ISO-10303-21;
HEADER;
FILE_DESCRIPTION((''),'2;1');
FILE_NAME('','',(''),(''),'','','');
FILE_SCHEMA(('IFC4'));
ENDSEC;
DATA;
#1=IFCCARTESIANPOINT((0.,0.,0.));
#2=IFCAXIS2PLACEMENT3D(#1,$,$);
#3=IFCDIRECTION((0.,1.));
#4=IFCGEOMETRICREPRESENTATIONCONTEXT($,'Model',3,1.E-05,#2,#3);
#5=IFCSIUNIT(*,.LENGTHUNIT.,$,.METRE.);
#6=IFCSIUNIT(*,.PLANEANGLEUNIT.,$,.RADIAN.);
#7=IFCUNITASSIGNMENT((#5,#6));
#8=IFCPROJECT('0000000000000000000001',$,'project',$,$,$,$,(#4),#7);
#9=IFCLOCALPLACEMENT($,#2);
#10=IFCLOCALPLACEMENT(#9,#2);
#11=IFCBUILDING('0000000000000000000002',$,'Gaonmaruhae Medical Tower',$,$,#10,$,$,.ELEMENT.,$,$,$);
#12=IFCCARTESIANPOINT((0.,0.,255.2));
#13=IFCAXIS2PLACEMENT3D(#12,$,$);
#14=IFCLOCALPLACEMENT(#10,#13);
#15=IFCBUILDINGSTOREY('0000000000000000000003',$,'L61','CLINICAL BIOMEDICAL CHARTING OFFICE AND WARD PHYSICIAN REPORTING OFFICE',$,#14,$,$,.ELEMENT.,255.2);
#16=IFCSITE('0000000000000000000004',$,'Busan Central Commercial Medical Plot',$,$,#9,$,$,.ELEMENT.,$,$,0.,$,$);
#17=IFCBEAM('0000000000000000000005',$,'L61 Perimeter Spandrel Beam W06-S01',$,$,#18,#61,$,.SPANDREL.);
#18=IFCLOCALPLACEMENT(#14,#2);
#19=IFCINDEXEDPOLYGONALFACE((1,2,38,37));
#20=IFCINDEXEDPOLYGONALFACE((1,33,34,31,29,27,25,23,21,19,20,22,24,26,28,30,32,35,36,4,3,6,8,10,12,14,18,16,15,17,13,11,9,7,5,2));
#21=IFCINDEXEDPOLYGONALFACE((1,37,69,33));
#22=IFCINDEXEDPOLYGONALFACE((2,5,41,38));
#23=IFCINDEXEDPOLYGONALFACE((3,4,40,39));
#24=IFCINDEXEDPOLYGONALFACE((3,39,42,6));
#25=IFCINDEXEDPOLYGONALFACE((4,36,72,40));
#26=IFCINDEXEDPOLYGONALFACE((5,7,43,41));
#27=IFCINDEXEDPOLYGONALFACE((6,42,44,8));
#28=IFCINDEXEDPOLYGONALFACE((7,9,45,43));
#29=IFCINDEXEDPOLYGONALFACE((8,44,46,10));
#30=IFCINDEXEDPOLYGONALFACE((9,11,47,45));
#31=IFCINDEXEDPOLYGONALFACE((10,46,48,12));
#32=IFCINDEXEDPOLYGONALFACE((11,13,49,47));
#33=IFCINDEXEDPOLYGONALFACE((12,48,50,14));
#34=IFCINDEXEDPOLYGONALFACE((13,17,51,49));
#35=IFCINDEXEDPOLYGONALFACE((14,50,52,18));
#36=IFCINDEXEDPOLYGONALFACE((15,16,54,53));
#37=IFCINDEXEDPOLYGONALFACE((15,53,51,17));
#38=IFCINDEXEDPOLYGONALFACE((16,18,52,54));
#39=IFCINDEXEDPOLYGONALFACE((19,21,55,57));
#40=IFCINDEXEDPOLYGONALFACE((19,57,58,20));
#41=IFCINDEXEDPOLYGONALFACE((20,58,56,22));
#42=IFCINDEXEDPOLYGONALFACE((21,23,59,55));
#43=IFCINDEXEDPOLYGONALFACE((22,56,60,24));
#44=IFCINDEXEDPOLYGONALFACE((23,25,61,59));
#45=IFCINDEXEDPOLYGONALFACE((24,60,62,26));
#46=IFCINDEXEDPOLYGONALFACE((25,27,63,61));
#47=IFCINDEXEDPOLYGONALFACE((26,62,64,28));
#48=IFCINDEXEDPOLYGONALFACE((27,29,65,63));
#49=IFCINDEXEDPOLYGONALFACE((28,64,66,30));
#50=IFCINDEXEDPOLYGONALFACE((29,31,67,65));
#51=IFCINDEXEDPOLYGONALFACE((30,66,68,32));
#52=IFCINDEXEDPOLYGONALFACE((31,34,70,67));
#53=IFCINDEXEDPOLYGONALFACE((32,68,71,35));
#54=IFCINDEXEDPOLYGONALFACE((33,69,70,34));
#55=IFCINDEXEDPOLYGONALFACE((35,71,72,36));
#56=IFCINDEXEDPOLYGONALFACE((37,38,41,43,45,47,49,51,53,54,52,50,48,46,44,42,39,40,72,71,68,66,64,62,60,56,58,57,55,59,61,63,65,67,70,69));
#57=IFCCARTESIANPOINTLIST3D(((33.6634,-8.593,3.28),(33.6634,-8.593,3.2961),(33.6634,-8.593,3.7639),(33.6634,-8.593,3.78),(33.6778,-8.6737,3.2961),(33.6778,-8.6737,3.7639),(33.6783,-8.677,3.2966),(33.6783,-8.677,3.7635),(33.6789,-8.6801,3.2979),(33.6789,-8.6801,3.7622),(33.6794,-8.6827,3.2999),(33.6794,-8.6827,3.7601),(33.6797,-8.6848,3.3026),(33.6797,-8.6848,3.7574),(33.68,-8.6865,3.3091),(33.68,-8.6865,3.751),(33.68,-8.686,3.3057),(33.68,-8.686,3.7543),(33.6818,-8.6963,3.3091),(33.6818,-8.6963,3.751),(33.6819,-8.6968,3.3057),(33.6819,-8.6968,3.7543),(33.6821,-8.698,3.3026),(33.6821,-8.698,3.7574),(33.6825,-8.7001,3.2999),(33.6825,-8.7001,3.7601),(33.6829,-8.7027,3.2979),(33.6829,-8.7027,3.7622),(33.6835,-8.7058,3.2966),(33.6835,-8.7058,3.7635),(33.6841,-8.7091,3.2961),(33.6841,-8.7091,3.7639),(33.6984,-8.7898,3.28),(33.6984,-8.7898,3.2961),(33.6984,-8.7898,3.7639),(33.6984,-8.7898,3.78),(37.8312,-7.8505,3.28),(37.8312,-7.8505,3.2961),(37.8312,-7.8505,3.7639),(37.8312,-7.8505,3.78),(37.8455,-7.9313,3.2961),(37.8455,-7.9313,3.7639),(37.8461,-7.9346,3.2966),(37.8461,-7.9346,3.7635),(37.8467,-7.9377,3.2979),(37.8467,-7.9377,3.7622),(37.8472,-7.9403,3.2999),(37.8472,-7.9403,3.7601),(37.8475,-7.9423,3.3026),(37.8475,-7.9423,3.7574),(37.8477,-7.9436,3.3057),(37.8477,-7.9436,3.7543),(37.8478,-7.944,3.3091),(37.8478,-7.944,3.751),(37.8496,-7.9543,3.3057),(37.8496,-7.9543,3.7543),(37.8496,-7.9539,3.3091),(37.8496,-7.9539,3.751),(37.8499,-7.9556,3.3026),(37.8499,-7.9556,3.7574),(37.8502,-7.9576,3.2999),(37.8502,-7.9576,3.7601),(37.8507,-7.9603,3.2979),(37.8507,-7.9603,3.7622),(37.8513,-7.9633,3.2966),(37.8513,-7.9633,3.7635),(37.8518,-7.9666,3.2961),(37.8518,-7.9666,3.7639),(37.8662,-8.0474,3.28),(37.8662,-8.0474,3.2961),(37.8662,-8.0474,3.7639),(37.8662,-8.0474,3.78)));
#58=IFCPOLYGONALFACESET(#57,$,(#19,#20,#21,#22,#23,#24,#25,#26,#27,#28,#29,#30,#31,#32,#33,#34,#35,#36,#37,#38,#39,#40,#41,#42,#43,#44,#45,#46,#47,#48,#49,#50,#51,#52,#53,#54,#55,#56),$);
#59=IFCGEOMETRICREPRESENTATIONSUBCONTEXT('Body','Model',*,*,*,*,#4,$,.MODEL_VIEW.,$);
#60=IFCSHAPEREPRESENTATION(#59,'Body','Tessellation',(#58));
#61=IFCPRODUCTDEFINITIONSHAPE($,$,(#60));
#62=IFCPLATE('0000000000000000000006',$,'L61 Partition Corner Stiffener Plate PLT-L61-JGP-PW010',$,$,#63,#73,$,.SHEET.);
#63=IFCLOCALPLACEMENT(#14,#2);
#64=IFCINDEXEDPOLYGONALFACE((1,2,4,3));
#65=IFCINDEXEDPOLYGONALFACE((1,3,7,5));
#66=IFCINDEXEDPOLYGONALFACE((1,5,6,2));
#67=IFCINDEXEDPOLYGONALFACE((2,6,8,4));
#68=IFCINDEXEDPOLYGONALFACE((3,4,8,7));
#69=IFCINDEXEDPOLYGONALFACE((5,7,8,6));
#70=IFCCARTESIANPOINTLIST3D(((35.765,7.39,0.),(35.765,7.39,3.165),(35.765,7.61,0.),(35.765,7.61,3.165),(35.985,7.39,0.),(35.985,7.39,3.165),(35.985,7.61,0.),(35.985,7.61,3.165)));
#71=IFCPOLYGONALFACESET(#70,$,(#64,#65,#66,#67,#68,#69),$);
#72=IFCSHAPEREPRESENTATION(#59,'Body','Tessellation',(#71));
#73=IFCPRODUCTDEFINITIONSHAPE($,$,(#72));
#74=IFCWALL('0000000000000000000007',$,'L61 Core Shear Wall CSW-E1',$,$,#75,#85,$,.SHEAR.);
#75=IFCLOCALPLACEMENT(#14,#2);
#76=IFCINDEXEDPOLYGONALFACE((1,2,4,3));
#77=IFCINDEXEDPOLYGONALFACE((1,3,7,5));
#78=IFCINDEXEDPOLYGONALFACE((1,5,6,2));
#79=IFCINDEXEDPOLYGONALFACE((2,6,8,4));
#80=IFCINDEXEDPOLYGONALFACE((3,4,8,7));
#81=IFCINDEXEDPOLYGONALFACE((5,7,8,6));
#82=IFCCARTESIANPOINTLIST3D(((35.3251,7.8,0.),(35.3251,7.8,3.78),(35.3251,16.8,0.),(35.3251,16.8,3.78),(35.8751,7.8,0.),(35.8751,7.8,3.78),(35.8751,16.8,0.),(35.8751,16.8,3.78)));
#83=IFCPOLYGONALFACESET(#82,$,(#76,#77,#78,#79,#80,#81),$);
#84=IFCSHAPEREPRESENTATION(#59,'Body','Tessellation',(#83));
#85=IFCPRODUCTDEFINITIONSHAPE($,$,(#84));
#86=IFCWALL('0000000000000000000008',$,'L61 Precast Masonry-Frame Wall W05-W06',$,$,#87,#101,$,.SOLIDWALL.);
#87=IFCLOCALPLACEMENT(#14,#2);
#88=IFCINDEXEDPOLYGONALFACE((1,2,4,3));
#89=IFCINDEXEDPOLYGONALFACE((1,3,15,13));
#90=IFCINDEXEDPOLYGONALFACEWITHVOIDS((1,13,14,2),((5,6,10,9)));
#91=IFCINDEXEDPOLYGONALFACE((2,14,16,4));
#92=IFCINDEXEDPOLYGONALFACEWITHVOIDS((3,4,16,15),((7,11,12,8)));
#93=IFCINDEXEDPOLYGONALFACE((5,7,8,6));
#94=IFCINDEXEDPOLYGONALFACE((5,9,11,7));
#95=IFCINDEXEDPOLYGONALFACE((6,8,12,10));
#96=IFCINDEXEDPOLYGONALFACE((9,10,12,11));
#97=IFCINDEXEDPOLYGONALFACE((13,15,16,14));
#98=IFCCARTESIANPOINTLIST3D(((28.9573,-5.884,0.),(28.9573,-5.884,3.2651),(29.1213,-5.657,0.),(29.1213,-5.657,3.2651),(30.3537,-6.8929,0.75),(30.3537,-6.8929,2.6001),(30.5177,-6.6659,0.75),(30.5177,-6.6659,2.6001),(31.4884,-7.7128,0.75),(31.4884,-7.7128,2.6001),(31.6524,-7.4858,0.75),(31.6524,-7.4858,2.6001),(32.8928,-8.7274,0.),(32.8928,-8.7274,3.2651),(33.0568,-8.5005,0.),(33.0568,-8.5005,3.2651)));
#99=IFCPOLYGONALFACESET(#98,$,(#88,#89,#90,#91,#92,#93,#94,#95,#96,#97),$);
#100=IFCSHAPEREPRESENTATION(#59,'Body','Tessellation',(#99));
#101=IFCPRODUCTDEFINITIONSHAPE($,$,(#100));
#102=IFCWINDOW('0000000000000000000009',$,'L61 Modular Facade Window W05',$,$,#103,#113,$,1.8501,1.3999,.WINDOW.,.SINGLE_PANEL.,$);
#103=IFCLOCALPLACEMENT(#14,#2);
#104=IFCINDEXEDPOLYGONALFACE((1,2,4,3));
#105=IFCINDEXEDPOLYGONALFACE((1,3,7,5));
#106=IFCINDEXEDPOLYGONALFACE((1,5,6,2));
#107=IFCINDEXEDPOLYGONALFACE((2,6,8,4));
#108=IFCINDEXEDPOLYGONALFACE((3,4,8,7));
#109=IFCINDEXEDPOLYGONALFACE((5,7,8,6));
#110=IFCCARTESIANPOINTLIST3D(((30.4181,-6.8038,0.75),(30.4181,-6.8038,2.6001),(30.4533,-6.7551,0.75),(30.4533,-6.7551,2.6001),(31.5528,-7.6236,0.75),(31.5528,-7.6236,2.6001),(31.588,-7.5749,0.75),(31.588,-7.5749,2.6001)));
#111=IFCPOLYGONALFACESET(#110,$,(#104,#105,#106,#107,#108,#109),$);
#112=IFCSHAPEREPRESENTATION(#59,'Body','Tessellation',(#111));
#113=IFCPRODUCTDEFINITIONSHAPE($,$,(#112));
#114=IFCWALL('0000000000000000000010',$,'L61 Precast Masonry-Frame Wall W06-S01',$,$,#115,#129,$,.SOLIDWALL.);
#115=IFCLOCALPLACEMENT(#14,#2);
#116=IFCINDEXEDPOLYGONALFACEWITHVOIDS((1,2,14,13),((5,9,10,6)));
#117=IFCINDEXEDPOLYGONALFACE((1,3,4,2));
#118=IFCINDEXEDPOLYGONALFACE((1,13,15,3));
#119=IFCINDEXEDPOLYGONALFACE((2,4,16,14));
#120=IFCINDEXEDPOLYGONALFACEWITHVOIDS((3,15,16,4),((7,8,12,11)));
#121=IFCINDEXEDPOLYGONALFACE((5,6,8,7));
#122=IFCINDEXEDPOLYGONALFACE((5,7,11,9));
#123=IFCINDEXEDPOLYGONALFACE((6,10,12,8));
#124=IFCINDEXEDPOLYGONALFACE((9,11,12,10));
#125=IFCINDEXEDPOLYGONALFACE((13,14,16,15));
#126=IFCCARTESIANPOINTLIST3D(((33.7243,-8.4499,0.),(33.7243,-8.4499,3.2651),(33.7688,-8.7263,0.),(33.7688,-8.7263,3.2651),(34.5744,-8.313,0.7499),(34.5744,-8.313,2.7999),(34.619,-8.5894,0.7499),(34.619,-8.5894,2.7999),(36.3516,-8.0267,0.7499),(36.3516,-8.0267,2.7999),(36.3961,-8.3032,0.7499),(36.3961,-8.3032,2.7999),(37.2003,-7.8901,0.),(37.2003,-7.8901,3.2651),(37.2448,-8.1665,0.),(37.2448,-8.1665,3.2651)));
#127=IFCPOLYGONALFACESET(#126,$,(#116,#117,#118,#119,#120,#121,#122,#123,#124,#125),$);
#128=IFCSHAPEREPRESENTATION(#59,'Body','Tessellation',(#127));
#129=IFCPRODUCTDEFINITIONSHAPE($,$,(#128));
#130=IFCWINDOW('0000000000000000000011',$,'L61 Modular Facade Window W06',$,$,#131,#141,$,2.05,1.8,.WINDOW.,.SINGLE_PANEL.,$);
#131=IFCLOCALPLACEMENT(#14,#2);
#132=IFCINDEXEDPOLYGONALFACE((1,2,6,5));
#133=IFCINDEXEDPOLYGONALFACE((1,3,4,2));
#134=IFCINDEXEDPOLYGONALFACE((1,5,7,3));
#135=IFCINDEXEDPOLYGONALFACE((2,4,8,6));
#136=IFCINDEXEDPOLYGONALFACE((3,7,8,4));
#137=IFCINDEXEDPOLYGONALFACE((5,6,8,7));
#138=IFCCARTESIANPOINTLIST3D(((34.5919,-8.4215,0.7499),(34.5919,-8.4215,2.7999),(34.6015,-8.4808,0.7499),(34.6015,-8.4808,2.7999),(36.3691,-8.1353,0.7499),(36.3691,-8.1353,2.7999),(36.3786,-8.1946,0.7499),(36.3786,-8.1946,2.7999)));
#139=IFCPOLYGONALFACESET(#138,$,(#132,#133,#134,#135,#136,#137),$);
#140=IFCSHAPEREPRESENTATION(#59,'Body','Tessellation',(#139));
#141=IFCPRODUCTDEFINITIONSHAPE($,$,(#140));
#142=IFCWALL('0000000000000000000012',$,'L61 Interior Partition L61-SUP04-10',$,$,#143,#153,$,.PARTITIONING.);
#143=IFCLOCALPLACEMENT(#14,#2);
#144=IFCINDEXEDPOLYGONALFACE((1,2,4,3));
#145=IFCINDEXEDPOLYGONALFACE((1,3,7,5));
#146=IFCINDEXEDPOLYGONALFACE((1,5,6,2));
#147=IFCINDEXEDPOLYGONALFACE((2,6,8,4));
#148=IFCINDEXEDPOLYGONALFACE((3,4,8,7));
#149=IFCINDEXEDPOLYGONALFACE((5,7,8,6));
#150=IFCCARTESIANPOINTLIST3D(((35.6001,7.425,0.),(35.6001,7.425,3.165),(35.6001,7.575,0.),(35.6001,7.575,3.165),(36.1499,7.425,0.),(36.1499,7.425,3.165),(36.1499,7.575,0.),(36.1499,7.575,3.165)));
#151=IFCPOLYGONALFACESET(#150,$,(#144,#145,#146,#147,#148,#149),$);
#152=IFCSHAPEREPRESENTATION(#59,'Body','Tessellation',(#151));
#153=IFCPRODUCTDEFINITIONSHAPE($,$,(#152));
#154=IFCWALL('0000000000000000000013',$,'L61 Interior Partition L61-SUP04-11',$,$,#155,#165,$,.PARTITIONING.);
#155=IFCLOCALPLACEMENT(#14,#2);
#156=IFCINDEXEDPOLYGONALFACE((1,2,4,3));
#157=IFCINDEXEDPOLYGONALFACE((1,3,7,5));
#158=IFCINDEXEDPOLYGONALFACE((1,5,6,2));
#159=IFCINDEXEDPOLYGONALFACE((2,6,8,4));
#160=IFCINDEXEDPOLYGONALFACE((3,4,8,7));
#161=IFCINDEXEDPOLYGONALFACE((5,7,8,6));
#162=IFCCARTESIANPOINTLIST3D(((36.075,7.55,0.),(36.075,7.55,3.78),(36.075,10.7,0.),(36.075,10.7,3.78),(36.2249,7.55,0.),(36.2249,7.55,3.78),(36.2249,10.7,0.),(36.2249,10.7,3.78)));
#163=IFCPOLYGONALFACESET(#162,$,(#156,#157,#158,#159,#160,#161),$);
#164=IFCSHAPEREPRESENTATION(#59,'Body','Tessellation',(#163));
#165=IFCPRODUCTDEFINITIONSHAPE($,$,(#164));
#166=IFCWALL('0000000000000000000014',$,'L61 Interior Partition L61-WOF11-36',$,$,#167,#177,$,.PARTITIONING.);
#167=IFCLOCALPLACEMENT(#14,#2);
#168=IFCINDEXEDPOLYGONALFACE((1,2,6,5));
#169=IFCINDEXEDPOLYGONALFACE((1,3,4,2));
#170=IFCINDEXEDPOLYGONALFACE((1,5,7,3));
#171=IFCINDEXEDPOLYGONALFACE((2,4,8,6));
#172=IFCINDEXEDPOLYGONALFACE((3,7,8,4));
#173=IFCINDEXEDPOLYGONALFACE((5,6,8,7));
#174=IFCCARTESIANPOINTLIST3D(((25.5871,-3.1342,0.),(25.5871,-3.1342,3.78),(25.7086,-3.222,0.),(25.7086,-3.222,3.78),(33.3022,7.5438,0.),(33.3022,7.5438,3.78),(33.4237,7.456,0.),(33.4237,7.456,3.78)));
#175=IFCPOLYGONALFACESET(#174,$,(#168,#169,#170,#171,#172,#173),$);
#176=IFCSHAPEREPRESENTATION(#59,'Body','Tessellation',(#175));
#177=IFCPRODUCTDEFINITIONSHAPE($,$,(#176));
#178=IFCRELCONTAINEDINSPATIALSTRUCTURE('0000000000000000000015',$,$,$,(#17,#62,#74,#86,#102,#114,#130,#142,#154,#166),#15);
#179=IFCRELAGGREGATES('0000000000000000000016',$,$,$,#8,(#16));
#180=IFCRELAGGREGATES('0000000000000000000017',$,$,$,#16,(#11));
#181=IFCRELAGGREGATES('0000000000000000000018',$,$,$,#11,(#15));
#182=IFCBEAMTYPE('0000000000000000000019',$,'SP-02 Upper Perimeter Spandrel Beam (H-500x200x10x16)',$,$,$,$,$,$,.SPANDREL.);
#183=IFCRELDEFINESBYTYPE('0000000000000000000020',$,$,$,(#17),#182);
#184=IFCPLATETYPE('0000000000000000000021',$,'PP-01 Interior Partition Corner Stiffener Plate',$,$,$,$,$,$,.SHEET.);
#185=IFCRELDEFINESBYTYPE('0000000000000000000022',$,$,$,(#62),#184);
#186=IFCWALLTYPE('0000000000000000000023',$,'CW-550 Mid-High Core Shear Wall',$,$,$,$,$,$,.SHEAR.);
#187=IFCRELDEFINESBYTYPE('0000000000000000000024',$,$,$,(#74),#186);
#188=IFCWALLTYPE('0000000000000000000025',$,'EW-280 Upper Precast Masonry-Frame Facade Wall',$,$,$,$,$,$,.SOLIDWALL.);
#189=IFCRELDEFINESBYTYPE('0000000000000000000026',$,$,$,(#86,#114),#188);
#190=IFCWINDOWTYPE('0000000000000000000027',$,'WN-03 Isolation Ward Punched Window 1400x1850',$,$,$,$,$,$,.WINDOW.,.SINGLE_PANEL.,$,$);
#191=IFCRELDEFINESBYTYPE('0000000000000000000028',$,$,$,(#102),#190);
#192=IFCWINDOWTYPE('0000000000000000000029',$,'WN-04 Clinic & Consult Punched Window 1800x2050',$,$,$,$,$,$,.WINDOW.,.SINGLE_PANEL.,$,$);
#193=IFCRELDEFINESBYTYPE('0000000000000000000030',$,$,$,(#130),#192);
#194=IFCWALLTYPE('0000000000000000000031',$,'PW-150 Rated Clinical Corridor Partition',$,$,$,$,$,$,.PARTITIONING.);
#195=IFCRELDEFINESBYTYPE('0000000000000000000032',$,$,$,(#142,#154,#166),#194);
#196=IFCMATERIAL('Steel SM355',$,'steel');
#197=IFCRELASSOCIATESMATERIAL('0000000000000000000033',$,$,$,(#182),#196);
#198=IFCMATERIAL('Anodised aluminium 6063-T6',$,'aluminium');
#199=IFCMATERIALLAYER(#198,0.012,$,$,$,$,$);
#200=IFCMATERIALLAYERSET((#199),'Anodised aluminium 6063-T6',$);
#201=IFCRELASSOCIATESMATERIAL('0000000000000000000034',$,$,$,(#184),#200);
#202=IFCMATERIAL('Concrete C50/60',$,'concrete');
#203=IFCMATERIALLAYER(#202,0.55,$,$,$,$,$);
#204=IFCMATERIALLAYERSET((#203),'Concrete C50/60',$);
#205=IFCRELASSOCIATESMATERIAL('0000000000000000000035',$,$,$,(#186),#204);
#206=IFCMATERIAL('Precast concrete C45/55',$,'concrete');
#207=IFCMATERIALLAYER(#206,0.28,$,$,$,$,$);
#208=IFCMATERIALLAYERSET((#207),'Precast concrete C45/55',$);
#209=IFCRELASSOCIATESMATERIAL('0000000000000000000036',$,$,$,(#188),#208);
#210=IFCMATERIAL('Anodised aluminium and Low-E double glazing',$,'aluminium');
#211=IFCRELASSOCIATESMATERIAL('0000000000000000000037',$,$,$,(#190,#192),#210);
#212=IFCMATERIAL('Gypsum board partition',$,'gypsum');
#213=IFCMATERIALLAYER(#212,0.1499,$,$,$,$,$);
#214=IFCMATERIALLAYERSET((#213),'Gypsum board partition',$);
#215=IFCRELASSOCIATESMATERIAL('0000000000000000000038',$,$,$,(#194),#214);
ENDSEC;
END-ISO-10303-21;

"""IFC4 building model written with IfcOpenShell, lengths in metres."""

from ifc_helpers import new_model, si_unit, direction, frame, frame_2d, origin, origin_2d, place, context, subcontext, project, spatial, rectangle, i_section, extrude, material, layer, layer_set, material_profile, profile_set, type_object, element, fill, save


model = new_model("IFC4")

# Units and contexts
model_context = context("Model", 3, precision=1e-05, world=origin(), true_north=direction((0.0, 1.0)))
body_context = subcontext(model_context, "Body", "Model", "MODEL_VIEW")
ifc_project = project(units=[si_unit("LENGTHUNIT", "METRE"), si_unit("PLANEANGLEUNIT", "RADIAN")], contexts=[model_context])

# Site, building, storey
site_placement = place(None, origin())
site = spatial("IfcSite", under=ifc_project, at=site_placement, Name="Busan Central Commercial Medical Plot", CompositionType="ELEMENT", RefElevation=0.0)
building_placement = place(site_placement, origin())
building = spatial("IfcBuilding", under=site, at=building_placement, Name="Gaonmaruhae Medical Tower", CompositionType="ELEMENT")
storey_placement = place(building_placement, frame((0.0, 0.0, 255.2)))
storey = spatial("IfcBuildingStorey", under=building, at=storey_placement, Name="L61", Description="CLINICAL BIOMEDICAL CHARTING OFFICE AND WARD PHYSICIAN REPORTING OFFICE", CompositionType="ELEMENT", Elevation=255.2)

# Shared definitions
ifc_material_1 = material(Name="Concrete C50/60", Category="concrete")

# Beam
ifc_material_2 = material(Name="Steel SM355", Category="steel")
ifc_material_profile_1 = material_profile(ifc_material_2, i_section(OverallWidth=0.2, OverallDepth=0.5, WebThickness=0.01, FlangeThickness=0.0161, FilletRadius=0.0129, at=origin_2d()), Name="H-500x200x10x16")
ifc_profile_set_1 = profile_set([ifc_material_profile_1], Name="Steel SM355")
beam_type_1 = type_object("IfcBeamType", Name="SP-02 Upper Perimeter Spandrel Beam (H-500x200x10x16)", PredefinedType="SPANDREL", material=ifc_profile_set_1)
beam_1_placement = place(storey_placement, frame((33.6809, -8.6914, 3.53), z_axis=(0.984501, 0.175377, 0.0), x_axis=(-0.175377, 0.984501, 0.0)))
element("IfcBeam", 1, at=beam_1_placement, inside=storey, type_object=beam_type_1, Name="L61 Perimeter Spandrel Beam W06-S01", PredefinedType="SPANDREL", context=body_context, shape_type="SweptSolid", body=[
    extrude(i_section(OverallWidth=0.2, OverallDepth=0.5, WebThickness=0.01, FlangeThickness=0.0161, FilletRadius=0.0129, at=origin_2d()), origin(), (0.0, 0.0, 1.0), 4.2334),
])

# Plate
ifc_material_3 = material(Name="Anodised aluminium 6063-T6", Category="aluminium")
ifc_layer_1 = layer(ifc_material_3, 0.012)
ifc_layer_set_1 = layer_set([ifc_layer_1], Name="Anodised aluminium 6063-T6")
plate_type = type_object("IfcPlateType", Name="PP-01 Interior Partition Corner Stiffener Plate", PredefinedType="SHEET", material=ifc_layer_set_1)
plate_placement = place(storey_placement, frame((35.875, 7.5, 0.0), z_axis=(0.0, 0.0, 1.0), x_axis=(1.0, 0.0, 0.0)))
element("IfcPlate", 2, at=plate_placement, inside=storey, type_object=plate_type, Name="L61 Partition Corner Stiffener Plate PLT-L61-JGP-PW010", PredefinedType="SHEET", context=body_context, shape_type="SweptSolid", body=[
    extrude(rectangle(XDim=0.22, YDim=0.22, at=origin_2d()), origin(), (0.0, 0.0, 1.0), 3.165),
])

# Wall
ifc_layer_2 = layer(ifc_material_1, 0.55)
ifc_layer_set_2 = layer_set([ifc_layer_2], Name="Concrete C50/60")
wall_type_1 = type_object("IfcWallType", Name="CW-550 Mid-High Core Shear Wall", PredefinedType="SHEAR", material=ifc_layer_set_2)
wall_1_placement = place(storey_placement, frame((35.6001, 7.8, 0.0), z_axis=(0.0, 0.0, 1.0), x_axis=(0.0, 1.0, 0.0)))
element("IfcWall", 3, at=wall_1_placement, inside=storey, type_object=wall_type_1, Name="L61 Core Shear Wall CSW-E1", PredefinedType="SHEAR", context=body_context, shape_type="SweptSolid", body=[
    extrude(rectangle(XDim=9.0, YDim=0.55, at=frame_2d((4.5, 0.0))), origin(), (0.0, 0.0, 1.0), 3.78),
])

# Walls, openings, windows
ifc_material_4 = material(Name="Precast concrete C45/55", Category="concrete")
ifc_layer_3 = layer(ifc_material_4, 0.28)
ifc_layer_set_3 = layer_set([ifc_layer_3], Name="Precast concrete C45/55")
wall_type_2 = type_object("IfcWallType", Name="EW-280 Upper Precast Masonry-Frame Facade Wall", PredefinedType="SOLIDWALL", material=ifc_layer_set_3)
wall_2_placement = place(storey_placement, frame((32.9749, -8.614, 0.0), z_axis=(0.0, 0.0, 1.0), x_axis=(-0.810565, 0.585648, 0.0)))
wall_2 = element("IfcWall", 4, at=wall_2_placement, inside=storey, type_object=wall_type_2, Name="L61 Precast Masonry-Frame Wall W05-W06", PredefinedType="SOLIDWALL", context=body_context, shape_type="SweptSolid", body=[
    extrude(rectangle(XDim=4.8552, YDim=0.28, at=frame_2d((2.4277, 0.0))), origin(), (0.0, 0.0, 1.0), 3.2651),
])
opening_1_placement = place(wall_2_placement, frame((1.7327, 0.0, 0.75)))
opening_1 = element("IfcOpeningElement", 5, at=opening_1_placement, cuts=wall_2, PredefinedType="OPENING", context=body_context, shape_type="SweptSolid", body=[
    extrude(rectangle(XDim=1.3999, YDim=1.8501, at=frame_2d((0.7, 0.925))), frame((0.0, 0.1499, 0.0), z_axis=(0.0, -1.0, 0.0), x_axis=(1.0, 0.0, 0.0)), (0.0, 0.0, 1.0), 0.3),
])
ifc_material_5 = material(Name="Anodised aluminium and Low-E double glazing", Category="aluminium")
window_type_1 = type_object("IfcWindowType", Name="WN-03 Isolation Ward Punched Window 1400x1850", PartitioningType="SINGLE_PANEL", PredefinedType="WINDOW", material=ifc_material_5)
window_1_placement = place(opening_1_placement, origin())
window_1 = element("IfcWindow", 6, at=window_1_placement, inside=storey, type_object=window_type_1, Name="L61 Modular Facade Window W05", OverallHeight=1.8501, OverallWidth=1.3999, PartitioningType="SINGLE_PANEL", PredefinedType="WINDOW", context=body_context, shape_type="SweptSolid", body=[
    extrude(rectangle(XDim=1.3999, YDim=1.8501, at=frame_2d((0.7, 0.925))), frame((0.0, 0.03, 0.0), z_axis=(0.0, -1.0, 0.0), x_axis=(1.0, 0.0, 0.0)), (0.0, 0.0, 1.0), 0.0601),
])
fill(opening_1, window_1)
wall_3_placement = place(storey_placement, frame((37.2224, -8.0283, 0.0), z_axis=(0.0, 0.0, 1.0), x_axis=(-0.987279, -0.158999, 0.0)))
wall_3 = element("IfcWall", 7, at=wall_3_placement, inside=storey, type_object=wall_type_2, Name="L61 Precast Masonry-Frame Wall W06-S01", PredefinedType="SOLIDWALL", context=body_context, shape_type="SweptSolid", body=[
    extrude(rectangle(XDim=3.5208, YDim=0.28, at=frame_2d((1.7603, 0.0))), origin(), (0.0, 0.0, 1.0), 3.2651),
])
opening_2_placement = place(wall_3_placement, frame((0.8596, 0.0, 0.75)))
opening_2 = element("IfcOpeningElement", 8, at=opening_2_placement, cuts=wall_3, PredefinedType="OPENING", context=body_context, shape_type="SweptSolid", body=[
    extrude(rectangle(XDim=1.8, YDim=2.05, at=frame_2d((0.8999, 1.0249))), frame((0.0, 0.1499, 0.0), z_axis=(0.0, -1.0, 0.0), x_axis=(1.0, 0.0, 0.0)), (0.0, 0.0, 1.0), 0.3),
])
window_type_2 = type_object("IfcWindowType", Name="WN-04 Clinic & Consult Punched Window 1800x2050", PartitioningType="SINGLE_PANEL", PredefinedType="WINDOW", material=ifc_material_5)
window_2_placement = place(opening_2_placement, origin())
window_2 = element("IfcWindow", 9, at=window_2_placement, inside=storey, type_object=window_type_2, Name="L61 Modular Facade Window W06", OverallHeight=2.05, OverallWidth=1.8, PartitioningType="SINGLE_PANEL", PredefinedType="WINDOW", context=body_context, shape_type="SweptSolid", body=[
    extrude(rectangle(XDim=1.8, YDim=2.05, at=frame_2d((0.8999, 1.0249))), frame((0.0, 0.03, 0.0), z_axis=(0.0, -1.0, 0.0), x_axis=(1.0, 0.0, 0.0)), (0.0, 0.0, 1.0), 0.0601),
])
fill(opening_2, window_2)

# Walls
ifc_material_6 = material(Name="Gypsum board partition", Category="gypsum")
ifc_layer_4 = layer(ifc_material_6, 0.1499)
ifc_layer_set_4 = layer_set([ifc_layer_4], Name="Gypsum board partition")
wall_type_3 = type_object("IfcWallType", Name="PW-150 Rated Clinical Corridor Partition", PredefinedType="PARTITIONING", material=ifc_layer_set_4)
wall_4_placement = place(storey_placement, frame((35.6001, 7.5, 0.0), z_axis=(0.0, 0.0, 1.0), x_axis=(1.0, 0.0, 0.0)))
element("IfcWall", 10, at=wall_4_placement, inside=storey, type_object=wall_type_3, Name="L61 Interior Partition L61-SUP04-10", PredefinedType="PARTITIONING", context=body_context, shape_type="SweptSolid", body=[
    extrude(rectangle(XDim=0.5498, YDim=0.1499, at=frame_2d((0.2749, 0.0))), origin(), (0.0, 0.0, 1.0), 3.165),
])
wall_5_placement = place(storey_placement, frame((36.1499, 7.55, 0.0), z_axis=(0.0, 0.0, 1.0), x_axis=(0.0, 1.0, 0.0)))
element("IfcWall", 11, at=wall_5_placement, inside=storey, type_object=wall_type_3, Name="L61 Interior Partition L61-SUP04-11", PredefinedType="PARTITIONING", context=body_context, shape_type="SweptSolid", body=[
    extrude(rectangle(XDim=3.1499, YDim=0.1499, at=frame_2d((1.575, 0.0))), origin(), (0.0, 0.0, 1.0), 3.78),
])
wall_6_placement = place(storey_placement, frame((33.363, 7.5, 0.0), z_axis=(0.0, 0.0, 1.0), x_axis=(-0.585651, -0.810563, 0.0)))
element("IfcWall", 12, at=wall_6_placement, inside=storey, type_object=wall_type_3, Name="L61 Interior Partition L61-WOF11-36", PredefinedType="PARTITIONING", context=body_context, shape_type="SweptSolid", body=[
    extrude(rectangle(XDim=13.1736, YDim=0.1499, at=frame_2d((6.5869, 0.0))), origin(), (0.0, 0.0, 1.0), 3.78),
])

save(model, "model.ifc")
